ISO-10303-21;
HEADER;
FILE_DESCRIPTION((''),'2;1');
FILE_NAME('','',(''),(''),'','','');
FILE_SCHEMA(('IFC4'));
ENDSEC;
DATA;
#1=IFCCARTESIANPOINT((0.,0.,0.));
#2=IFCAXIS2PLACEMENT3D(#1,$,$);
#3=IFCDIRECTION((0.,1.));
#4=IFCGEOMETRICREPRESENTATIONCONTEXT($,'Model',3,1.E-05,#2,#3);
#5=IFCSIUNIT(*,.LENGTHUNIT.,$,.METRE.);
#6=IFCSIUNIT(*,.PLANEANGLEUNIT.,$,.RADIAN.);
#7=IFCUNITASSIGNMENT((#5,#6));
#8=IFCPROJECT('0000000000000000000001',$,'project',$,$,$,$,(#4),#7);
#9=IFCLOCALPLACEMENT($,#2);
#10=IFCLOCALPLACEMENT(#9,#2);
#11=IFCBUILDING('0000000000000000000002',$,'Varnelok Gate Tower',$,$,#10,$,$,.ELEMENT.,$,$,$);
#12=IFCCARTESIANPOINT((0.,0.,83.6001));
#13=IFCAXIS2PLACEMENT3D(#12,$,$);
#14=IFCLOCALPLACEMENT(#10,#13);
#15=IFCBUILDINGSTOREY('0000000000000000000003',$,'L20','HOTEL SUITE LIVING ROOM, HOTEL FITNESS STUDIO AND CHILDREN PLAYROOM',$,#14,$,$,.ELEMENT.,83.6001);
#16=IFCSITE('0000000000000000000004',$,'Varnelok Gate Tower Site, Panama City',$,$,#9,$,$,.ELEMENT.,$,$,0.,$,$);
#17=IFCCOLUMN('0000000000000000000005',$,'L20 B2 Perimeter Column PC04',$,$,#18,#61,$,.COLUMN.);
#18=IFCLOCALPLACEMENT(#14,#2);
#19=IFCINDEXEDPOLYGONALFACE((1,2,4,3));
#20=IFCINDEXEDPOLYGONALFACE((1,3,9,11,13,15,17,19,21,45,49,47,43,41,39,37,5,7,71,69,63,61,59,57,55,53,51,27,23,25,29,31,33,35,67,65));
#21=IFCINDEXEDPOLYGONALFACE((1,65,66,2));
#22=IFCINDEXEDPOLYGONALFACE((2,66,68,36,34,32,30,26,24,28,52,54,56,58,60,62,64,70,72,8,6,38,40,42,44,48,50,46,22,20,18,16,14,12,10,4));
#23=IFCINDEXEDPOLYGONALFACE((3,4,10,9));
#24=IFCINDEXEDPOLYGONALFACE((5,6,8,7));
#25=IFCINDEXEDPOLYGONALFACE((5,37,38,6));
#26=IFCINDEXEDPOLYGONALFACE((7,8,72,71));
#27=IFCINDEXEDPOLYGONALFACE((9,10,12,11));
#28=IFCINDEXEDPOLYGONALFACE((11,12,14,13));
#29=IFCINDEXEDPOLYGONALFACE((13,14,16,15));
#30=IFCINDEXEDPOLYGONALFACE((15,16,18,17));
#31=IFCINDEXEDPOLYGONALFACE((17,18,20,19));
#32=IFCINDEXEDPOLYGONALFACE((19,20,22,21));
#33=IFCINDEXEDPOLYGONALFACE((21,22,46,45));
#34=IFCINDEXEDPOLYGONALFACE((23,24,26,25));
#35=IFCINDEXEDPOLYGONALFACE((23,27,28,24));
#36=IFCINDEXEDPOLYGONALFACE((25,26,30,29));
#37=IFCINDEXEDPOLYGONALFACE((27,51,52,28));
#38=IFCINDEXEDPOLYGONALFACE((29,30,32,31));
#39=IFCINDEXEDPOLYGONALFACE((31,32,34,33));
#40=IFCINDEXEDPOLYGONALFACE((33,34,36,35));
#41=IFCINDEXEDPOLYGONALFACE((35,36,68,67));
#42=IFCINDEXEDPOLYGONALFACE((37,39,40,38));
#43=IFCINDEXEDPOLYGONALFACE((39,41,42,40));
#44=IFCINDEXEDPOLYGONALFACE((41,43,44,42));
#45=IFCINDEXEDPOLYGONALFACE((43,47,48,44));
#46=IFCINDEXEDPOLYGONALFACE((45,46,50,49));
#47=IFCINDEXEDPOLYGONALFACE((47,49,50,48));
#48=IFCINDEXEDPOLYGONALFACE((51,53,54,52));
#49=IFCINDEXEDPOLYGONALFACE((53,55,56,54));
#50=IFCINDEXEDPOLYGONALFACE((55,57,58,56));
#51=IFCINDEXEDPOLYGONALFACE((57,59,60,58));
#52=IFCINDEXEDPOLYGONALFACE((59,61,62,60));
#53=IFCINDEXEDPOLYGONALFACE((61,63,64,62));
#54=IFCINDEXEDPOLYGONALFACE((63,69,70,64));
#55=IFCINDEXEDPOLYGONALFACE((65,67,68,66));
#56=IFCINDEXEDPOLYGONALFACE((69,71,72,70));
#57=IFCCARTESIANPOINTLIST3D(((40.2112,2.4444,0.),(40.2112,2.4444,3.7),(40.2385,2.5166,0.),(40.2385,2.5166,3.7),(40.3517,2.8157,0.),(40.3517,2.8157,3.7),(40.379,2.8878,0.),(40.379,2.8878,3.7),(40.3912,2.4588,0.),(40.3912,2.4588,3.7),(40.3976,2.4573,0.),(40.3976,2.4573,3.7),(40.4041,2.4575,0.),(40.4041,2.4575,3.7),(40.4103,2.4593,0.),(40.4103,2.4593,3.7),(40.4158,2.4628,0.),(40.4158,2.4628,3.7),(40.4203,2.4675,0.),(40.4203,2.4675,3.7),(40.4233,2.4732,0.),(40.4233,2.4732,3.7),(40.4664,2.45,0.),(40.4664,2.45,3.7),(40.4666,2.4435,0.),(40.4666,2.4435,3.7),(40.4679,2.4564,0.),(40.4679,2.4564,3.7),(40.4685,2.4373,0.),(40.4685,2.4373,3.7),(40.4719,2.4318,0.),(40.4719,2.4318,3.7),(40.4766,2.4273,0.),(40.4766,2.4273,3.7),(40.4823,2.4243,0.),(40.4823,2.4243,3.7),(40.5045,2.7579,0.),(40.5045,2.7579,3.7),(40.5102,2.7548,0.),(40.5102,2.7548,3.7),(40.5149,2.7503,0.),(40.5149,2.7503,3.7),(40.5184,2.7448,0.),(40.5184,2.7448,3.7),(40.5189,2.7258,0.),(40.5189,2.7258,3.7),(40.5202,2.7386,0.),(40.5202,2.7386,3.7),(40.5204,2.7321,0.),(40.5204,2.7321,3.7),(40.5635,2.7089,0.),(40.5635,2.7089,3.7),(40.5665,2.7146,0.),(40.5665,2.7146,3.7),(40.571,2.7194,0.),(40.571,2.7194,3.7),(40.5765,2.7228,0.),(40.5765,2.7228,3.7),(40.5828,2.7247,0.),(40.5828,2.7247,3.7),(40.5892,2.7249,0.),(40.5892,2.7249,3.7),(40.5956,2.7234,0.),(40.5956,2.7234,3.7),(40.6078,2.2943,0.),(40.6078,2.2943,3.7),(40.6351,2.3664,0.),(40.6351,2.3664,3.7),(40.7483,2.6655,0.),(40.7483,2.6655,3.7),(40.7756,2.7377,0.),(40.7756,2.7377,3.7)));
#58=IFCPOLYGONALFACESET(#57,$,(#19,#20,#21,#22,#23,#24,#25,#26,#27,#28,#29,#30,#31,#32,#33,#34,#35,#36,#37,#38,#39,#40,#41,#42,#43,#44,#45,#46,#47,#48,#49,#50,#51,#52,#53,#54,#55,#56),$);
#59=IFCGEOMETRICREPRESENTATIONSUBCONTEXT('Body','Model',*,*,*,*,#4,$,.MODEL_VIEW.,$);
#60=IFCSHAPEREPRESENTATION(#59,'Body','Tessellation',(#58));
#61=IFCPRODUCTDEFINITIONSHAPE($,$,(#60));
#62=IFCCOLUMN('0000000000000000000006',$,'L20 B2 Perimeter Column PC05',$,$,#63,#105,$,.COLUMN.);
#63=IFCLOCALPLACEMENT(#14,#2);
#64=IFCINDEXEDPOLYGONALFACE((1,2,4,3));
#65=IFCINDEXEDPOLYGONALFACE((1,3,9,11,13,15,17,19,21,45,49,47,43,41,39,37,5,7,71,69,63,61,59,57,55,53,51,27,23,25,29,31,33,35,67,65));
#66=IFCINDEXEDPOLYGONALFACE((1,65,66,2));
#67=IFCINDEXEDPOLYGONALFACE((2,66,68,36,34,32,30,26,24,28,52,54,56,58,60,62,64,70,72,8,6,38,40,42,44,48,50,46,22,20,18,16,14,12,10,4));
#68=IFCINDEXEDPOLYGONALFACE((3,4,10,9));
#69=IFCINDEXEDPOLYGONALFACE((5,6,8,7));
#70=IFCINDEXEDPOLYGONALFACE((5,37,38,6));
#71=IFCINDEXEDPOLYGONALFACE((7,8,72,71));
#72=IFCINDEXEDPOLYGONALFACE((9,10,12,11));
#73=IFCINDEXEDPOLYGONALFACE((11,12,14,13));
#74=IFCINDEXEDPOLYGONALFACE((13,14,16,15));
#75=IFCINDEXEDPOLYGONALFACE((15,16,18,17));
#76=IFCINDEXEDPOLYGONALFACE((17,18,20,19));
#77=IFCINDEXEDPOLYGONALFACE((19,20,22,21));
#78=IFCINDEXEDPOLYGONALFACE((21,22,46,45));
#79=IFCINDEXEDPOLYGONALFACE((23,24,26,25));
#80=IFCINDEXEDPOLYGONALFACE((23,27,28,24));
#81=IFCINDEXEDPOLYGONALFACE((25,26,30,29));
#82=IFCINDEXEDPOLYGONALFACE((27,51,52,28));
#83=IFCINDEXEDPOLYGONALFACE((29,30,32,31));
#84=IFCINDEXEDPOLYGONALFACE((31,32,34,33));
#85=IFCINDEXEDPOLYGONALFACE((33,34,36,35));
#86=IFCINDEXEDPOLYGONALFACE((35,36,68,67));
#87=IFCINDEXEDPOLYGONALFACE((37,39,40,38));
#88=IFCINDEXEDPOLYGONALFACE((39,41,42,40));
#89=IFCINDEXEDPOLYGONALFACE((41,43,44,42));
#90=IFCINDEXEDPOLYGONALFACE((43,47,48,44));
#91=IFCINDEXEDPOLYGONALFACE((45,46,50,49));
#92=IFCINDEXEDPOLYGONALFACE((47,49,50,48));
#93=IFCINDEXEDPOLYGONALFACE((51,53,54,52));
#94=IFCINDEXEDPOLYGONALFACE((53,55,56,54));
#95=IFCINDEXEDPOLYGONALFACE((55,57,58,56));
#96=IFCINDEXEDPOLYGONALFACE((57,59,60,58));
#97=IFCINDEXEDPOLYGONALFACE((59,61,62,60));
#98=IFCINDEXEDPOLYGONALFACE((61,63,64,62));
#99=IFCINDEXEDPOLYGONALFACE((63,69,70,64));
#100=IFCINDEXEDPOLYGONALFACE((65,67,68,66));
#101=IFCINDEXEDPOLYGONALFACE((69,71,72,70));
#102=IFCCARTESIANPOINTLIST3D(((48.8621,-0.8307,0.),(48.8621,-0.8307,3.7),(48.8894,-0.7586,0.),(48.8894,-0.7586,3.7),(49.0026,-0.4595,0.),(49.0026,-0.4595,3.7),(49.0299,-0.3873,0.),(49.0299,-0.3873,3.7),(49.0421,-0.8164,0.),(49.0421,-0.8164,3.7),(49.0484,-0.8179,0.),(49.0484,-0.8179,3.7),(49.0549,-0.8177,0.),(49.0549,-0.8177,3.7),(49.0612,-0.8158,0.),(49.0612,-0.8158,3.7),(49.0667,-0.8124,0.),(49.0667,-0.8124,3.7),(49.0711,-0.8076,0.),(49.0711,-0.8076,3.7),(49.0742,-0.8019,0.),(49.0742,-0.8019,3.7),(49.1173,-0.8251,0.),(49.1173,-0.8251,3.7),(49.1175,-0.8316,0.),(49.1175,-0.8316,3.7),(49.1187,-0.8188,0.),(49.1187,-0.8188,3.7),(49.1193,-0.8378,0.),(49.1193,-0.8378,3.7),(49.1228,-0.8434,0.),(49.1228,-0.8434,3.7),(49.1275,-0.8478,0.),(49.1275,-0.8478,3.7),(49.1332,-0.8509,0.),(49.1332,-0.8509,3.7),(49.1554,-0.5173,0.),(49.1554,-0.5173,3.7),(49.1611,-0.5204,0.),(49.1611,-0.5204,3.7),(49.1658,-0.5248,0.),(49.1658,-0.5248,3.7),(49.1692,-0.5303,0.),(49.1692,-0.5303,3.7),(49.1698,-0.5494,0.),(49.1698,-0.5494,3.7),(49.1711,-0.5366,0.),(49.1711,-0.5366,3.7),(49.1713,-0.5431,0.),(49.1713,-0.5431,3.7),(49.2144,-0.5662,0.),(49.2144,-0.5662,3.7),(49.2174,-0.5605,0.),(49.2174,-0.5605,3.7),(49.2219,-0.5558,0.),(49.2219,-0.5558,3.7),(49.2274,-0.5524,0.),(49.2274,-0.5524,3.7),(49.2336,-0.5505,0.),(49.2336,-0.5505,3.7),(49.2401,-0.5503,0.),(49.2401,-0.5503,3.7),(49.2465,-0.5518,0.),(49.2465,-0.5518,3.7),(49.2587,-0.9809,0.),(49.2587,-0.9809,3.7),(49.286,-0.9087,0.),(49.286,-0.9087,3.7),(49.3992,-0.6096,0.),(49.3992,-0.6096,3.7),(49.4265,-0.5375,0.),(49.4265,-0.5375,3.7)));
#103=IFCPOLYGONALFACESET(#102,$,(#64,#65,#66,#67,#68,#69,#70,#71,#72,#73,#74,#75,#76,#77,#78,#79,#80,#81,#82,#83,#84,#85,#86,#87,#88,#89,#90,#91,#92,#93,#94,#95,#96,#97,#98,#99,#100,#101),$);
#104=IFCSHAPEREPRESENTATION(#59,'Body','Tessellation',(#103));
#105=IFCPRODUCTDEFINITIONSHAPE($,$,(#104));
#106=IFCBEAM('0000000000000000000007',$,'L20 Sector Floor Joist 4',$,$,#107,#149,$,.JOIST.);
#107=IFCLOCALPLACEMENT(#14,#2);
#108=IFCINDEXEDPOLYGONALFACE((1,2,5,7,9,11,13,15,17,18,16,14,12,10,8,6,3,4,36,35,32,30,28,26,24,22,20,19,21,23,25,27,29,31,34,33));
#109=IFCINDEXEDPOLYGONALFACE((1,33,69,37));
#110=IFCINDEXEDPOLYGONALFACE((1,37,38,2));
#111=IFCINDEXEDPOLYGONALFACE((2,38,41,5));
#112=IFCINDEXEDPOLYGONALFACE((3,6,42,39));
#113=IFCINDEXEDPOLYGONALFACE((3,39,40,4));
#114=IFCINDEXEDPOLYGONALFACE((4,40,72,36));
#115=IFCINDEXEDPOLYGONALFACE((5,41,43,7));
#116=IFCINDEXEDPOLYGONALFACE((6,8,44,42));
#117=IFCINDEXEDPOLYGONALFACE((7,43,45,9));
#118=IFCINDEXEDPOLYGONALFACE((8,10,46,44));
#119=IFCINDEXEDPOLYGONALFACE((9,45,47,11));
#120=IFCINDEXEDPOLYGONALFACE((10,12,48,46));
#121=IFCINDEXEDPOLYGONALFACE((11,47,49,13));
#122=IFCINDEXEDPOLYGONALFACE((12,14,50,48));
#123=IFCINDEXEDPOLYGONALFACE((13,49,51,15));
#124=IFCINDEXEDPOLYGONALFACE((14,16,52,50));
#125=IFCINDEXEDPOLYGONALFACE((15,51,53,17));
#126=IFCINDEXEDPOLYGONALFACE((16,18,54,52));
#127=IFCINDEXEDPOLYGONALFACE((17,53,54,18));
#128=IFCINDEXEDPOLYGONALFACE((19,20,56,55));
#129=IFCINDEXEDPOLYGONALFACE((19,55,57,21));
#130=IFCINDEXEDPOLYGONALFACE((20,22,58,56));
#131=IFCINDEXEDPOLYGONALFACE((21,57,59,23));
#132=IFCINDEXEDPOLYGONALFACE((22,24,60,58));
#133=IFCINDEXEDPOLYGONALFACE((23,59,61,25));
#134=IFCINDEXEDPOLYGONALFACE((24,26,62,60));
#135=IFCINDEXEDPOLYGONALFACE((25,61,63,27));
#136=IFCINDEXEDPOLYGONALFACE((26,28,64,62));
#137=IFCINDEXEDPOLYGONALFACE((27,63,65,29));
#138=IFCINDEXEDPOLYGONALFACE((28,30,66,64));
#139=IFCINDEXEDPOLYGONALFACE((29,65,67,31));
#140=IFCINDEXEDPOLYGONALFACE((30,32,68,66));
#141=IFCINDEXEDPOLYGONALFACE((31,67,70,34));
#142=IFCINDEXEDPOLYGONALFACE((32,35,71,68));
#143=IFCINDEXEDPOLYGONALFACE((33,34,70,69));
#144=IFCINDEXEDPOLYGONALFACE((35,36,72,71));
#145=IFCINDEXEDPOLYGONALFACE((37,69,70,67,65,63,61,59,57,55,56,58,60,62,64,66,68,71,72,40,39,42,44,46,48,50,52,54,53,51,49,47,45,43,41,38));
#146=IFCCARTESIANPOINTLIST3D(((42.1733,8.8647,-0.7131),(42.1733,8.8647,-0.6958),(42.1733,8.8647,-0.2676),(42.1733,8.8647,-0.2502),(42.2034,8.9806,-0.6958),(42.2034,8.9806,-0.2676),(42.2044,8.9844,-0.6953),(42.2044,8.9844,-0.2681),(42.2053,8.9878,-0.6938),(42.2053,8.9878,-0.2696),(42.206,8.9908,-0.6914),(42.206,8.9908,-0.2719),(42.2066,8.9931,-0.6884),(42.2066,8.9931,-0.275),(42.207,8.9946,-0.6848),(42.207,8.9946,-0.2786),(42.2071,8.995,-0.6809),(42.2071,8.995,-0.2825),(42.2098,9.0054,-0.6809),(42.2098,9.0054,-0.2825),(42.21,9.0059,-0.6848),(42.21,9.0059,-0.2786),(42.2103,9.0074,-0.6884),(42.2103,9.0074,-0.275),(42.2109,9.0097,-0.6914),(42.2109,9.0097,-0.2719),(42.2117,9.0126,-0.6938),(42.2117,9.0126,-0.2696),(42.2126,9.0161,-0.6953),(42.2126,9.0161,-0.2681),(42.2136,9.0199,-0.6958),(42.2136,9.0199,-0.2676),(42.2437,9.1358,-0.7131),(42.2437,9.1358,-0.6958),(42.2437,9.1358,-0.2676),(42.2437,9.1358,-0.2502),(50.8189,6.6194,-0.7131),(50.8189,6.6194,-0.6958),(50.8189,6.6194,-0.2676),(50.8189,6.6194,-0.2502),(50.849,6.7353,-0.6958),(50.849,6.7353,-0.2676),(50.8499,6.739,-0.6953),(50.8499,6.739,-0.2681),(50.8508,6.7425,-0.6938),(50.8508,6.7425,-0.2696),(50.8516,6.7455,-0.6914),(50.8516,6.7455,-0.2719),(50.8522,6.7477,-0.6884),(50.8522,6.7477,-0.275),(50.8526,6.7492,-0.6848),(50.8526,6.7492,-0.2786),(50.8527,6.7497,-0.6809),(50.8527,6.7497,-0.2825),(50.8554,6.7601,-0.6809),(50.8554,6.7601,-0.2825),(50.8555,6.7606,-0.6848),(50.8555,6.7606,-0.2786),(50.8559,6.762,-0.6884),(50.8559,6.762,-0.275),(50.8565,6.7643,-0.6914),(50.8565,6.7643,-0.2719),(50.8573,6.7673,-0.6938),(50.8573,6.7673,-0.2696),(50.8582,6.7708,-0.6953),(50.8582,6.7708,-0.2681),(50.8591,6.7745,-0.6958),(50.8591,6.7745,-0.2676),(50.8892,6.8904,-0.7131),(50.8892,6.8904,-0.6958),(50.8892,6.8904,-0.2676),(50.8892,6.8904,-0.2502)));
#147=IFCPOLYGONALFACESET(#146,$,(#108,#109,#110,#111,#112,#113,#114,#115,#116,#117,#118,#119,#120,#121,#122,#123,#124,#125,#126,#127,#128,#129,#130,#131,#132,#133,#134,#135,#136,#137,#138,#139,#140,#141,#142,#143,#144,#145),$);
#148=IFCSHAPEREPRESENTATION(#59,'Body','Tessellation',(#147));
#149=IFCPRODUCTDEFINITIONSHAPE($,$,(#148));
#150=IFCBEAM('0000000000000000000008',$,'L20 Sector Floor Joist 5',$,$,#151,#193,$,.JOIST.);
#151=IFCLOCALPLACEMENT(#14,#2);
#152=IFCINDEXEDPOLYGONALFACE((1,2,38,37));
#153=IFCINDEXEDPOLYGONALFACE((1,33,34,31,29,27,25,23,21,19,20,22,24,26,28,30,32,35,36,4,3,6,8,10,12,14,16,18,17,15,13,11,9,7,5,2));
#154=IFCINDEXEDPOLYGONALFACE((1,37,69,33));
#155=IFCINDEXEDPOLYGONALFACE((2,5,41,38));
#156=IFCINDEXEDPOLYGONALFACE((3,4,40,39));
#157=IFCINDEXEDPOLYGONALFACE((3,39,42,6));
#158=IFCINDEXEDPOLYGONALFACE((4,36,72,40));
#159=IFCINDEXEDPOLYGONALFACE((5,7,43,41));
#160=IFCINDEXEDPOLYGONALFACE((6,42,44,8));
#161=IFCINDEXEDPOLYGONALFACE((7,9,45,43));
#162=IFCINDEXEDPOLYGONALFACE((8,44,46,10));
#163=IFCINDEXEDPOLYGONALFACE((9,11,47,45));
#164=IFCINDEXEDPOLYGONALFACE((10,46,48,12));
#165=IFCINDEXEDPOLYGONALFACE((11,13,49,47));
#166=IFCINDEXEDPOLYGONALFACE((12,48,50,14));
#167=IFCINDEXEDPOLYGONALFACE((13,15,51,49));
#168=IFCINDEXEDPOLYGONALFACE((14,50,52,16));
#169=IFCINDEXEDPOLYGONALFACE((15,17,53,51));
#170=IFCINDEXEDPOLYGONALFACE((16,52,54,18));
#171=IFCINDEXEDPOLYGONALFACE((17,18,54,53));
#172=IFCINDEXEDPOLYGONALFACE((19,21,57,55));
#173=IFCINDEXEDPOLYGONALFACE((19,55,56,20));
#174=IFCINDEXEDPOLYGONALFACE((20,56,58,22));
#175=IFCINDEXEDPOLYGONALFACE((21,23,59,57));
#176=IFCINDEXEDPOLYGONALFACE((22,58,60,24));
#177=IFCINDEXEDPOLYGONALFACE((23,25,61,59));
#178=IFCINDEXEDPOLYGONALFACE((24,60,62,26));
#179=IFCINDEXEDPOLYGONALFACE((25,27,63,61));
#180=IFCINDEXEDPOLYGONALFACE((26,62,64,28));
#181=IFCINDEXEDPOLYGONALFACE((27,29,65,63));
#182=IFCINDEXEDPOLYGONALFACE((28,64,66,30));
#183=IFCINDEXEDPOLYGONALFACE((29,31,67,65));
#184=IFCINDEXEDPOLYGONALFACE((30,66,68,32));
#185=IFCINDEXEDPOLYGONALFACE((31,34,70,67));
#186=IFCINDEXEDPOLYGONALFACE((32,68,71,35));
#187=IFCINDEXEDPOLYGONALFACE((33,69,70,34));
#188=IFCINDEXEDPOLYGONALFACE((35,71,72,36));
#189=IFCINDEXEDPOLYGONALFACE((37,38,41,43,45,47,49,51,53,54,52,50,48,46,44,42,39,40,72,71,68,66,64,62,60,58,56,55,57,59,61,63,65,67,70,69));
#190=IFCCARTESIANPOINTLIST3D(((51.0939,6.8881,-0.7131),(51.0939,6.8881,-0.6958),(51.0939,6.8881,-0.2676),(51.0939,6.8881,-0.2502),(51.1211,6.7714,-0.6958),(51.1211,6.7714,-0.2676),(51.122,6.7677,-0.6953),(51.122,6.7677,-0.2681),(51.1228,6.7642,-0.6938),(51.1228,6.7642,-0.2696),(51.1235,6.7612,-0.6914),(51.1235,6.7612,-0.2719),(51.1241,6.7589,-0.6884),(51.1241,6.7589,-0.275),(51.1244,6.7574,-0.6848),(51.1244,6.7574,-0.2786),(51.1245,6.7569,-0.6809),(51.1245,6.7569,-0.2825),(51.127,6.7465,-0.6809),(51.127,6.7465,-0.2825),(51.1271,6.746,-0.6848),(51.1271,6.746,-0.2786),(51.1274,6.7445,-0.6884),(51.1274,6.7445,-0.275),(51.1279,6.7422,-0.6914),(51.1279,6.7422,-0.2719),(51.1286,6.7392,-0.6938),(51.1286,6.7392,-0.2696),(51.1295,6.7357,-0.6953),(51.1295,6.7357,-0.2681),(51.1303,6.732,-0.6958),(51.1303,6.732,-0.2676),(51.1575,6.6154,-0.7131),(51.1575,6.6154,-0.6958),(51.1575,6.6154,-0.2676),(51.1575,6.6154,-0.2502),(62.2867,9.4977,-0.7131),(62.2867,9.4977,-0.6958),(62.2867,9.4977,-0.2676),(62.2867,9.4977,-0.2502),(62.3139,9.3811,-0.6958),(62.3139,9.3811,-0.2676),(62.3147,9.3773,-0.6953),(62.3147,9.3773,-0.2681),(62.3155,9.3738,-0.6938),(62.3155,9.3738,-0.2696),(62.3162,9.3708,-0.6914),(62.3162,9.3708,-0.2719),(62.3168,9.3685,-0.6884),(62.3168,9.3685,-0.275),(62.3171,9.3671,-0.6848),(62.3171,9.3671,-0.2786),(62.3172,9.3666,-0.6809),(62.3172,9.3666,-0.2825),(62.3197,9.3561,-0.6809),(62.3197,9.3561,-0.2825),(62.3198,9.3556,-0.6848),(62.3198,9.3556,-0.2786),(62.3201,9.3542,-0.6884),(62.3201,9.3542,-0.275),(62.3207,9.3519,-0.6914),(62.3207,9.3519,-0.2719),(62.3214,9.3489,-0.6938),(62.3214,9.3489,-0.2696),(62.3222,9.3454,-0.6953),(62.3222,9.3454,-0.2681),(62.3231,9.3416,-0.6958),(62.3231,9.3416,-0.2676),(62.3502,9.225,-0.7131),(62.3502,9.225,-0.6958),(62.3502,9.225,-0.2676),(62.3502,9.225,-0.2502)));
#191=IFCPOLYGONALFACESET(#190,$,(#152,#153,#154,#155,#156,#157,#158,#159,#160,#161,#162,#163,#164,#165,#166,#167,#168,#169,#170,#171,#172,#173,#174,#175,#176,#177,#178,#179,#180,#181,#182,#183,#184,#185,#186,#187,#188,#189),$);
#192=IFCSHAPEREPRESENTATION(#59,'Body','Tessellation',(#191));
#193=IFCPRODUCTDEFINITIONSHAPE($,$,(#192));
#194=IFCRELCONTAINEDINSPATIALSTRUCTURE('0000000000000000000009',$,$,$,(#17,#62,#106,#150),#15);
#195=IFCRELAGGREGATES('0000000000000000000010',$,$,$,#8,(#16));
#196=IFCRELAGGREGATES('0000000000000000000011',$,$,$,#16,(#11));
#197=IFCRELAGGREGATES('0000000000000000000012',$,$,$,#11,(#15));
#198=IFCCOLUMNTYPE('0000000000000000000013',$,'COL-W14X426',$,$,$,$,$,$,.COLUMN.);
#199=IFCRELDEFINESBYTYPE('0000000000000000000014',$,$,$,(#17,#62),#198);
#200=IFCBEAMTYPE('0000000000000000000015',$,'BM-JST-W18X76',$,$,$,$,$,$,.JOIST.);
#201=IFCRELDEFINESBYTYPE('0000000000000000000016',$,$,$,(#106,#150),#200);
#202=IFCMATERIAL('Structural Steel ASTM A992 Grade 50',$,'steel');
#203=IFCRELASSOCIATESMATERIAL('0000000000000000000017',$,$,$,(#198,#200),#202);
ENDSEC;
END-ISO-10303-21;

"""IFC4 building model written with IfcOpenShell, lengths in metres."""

from ifc_helpers import new_model, si_unit, direction, frame, origin, origin_2d, place, context, subcontext, project, spatial, i_section, extrude, material, material_profile, profile_set, type_object, element, save


model = new_model("IFC4")

# Units and contexts
model_context = context("Model", 3, precision=1e-05, world=origin(), true_north=direction((0.0, 1.0)))
body_context = subcontext(model_context, "Body", "Model", "MODEL_VIEW")
ifc_project = project(units=[si_unit("LENGTHUNIT", "METRE"), si_unit("PLANEANGLEUNIT", "RADIAN")], contexts=[model_context])

# Site, building, storey
site_placement = place(None, origin())
site = spatial("IfcSite", under=ifc_project, at=site_placement, Name="Varnelok Gate Tower Site, Panama City", CompositionType="ELEMENT", RefElevation=0.0)
building_placement = place(site_placement, origin())
building = spatial("IfcBuilding", under=site, at=building_placement, Name="Varnelok Gate Tower", CompositionType="ELEMENT")
storey_placement = place(building_placement, frame((0.0, 0.0, 83.6001)))
storey = spatial("IfcBuildingStorey", under=building, at=storey_placement, Name="L20", Description="HOTEL SUITE LIVING ROOM, HOTEL FITNESS STUDIO AND CHILDREN PLAYROOM", CompositionType="ELEMENT", Elevation=83.6001)

# Columns
ifc_material_1 = material(Name="Structural Steel ASTM A992 Grade 50", Category="steel")
ifc_material_profile_1 = material_profile(ifc_material_1, i_section(OverallWidth=0.4241, OverallDepth=0.4741, WebThickness=0.0476, FlangeThickness=0.0771, FilletRadius=0.0249, at=origin_2d()), Name="W14X426")
ifc_profile_set_1 = profile_set([ifc_material_profile_1], Name="Structural Steel ASTM A992 Grade 50")
column_type = type_object("IfcColumnType", Name="COL-W14X426", PredefinedType="COLUMN", material=ifc_profile_set_1)
for number, where, z_axis, x_axis, name in (
    (1, (40.4934, 2.5911, 0.0), (0.0, 0.0, 1.0), (0.935222, -0.354063, 0.0), "L20 B2 Perimeter Column PC04"),
    (2, (49.1443, -0.6841, 0.0), (0.0, 0.0, 1.0), (0.935222, -0.354063, 0.0), "L20 B2 Perimeter Column PC05"),
):
    element("IfcColumn", number, at=place(storey_placement, frame(where, z_axis=z_axis, x_axis=x_axis)), inside=storey, type_object=column_type, Name=name, PredefinedType="COLUMN", context=body_context, shape_type="SweptSolid", body=[
        extrude(i_section(OverallWidth=0.4241, OverallDepth=0.4741, WebThickness=0.0476, FlangeThickness=0.0771, FilletRadius=0.0249, at=origin_2d()), origin(), (0.0, 0.0, 1.0), 3.7),
    ])

# Beams
ifc_material_profile_2 = material_profile(ifc_material_1, i_section(OverallWidth=0.28, OverallDepth=0.4629, WebThickness=0.0107, FlangeThickness=0.0173, FilletRadius=0.0149, at=origin_2d()), Name="W18X76")
ifc_profile_set_2 = profile_set([ifc_material_profile_2], Name="Structural Steel ASTM A992 Grade 50")
beam_type_1 = type_object("IfcBeamType", Name="BM-JST-W18X76", PredefinedType="JOIST", material=ifc_profile_set_2)
beam_1_placement = place(storey_placement, frame((42.2085, 9.0002, -0.4817), z_axis=(0.96789, -0.251375, 0.0), x_axis=(0.251375, 0.96789, 0.0)))
element("IfcBeam", 3, at=beam_1_placement, inside=storey, type_object=beam_type_1, Name="L20 Sector Floor Joist 4", PredefinedType="JOIST", context=body_context, shape_type="SweptSolid", body=[
    extrude(i_section(OverallWidth=0.28, OverallDepth=0.4629, WebThickness=0.0107, FlangeThickness=0.0173, FilletRadius=0.0149, at=origin_2d()), origin(), (0.0, 0.0, 1.0), 8.9324),
])
beam_2_placement = place(storey_placement, frame((51.1257, 6.7517, -0.4817), z_axis=(0.97388, 0.227065, 0.0), x_axis=(-0.227065, 0.97388, 0.0)))
element("IfcBeam", 4, at=beam_2_placement, inside=storey, type_object=beam_type_1, Name="L20 Sector Floor Joist 5", PredefinedType="JOIST", context=body_context, shape_type="SweptSolid", body=[
    extrude(i_section(OverallWidth=0.28, OverallDepth=0.4629, WebThickness=0.0107, FlangeThickness=0.0173, FilletRadius=0.0149, at=origin_2d()), origin(), (0.0, 0.0, 1.0), 11.4929),
])

save(model, "model.ifc")
